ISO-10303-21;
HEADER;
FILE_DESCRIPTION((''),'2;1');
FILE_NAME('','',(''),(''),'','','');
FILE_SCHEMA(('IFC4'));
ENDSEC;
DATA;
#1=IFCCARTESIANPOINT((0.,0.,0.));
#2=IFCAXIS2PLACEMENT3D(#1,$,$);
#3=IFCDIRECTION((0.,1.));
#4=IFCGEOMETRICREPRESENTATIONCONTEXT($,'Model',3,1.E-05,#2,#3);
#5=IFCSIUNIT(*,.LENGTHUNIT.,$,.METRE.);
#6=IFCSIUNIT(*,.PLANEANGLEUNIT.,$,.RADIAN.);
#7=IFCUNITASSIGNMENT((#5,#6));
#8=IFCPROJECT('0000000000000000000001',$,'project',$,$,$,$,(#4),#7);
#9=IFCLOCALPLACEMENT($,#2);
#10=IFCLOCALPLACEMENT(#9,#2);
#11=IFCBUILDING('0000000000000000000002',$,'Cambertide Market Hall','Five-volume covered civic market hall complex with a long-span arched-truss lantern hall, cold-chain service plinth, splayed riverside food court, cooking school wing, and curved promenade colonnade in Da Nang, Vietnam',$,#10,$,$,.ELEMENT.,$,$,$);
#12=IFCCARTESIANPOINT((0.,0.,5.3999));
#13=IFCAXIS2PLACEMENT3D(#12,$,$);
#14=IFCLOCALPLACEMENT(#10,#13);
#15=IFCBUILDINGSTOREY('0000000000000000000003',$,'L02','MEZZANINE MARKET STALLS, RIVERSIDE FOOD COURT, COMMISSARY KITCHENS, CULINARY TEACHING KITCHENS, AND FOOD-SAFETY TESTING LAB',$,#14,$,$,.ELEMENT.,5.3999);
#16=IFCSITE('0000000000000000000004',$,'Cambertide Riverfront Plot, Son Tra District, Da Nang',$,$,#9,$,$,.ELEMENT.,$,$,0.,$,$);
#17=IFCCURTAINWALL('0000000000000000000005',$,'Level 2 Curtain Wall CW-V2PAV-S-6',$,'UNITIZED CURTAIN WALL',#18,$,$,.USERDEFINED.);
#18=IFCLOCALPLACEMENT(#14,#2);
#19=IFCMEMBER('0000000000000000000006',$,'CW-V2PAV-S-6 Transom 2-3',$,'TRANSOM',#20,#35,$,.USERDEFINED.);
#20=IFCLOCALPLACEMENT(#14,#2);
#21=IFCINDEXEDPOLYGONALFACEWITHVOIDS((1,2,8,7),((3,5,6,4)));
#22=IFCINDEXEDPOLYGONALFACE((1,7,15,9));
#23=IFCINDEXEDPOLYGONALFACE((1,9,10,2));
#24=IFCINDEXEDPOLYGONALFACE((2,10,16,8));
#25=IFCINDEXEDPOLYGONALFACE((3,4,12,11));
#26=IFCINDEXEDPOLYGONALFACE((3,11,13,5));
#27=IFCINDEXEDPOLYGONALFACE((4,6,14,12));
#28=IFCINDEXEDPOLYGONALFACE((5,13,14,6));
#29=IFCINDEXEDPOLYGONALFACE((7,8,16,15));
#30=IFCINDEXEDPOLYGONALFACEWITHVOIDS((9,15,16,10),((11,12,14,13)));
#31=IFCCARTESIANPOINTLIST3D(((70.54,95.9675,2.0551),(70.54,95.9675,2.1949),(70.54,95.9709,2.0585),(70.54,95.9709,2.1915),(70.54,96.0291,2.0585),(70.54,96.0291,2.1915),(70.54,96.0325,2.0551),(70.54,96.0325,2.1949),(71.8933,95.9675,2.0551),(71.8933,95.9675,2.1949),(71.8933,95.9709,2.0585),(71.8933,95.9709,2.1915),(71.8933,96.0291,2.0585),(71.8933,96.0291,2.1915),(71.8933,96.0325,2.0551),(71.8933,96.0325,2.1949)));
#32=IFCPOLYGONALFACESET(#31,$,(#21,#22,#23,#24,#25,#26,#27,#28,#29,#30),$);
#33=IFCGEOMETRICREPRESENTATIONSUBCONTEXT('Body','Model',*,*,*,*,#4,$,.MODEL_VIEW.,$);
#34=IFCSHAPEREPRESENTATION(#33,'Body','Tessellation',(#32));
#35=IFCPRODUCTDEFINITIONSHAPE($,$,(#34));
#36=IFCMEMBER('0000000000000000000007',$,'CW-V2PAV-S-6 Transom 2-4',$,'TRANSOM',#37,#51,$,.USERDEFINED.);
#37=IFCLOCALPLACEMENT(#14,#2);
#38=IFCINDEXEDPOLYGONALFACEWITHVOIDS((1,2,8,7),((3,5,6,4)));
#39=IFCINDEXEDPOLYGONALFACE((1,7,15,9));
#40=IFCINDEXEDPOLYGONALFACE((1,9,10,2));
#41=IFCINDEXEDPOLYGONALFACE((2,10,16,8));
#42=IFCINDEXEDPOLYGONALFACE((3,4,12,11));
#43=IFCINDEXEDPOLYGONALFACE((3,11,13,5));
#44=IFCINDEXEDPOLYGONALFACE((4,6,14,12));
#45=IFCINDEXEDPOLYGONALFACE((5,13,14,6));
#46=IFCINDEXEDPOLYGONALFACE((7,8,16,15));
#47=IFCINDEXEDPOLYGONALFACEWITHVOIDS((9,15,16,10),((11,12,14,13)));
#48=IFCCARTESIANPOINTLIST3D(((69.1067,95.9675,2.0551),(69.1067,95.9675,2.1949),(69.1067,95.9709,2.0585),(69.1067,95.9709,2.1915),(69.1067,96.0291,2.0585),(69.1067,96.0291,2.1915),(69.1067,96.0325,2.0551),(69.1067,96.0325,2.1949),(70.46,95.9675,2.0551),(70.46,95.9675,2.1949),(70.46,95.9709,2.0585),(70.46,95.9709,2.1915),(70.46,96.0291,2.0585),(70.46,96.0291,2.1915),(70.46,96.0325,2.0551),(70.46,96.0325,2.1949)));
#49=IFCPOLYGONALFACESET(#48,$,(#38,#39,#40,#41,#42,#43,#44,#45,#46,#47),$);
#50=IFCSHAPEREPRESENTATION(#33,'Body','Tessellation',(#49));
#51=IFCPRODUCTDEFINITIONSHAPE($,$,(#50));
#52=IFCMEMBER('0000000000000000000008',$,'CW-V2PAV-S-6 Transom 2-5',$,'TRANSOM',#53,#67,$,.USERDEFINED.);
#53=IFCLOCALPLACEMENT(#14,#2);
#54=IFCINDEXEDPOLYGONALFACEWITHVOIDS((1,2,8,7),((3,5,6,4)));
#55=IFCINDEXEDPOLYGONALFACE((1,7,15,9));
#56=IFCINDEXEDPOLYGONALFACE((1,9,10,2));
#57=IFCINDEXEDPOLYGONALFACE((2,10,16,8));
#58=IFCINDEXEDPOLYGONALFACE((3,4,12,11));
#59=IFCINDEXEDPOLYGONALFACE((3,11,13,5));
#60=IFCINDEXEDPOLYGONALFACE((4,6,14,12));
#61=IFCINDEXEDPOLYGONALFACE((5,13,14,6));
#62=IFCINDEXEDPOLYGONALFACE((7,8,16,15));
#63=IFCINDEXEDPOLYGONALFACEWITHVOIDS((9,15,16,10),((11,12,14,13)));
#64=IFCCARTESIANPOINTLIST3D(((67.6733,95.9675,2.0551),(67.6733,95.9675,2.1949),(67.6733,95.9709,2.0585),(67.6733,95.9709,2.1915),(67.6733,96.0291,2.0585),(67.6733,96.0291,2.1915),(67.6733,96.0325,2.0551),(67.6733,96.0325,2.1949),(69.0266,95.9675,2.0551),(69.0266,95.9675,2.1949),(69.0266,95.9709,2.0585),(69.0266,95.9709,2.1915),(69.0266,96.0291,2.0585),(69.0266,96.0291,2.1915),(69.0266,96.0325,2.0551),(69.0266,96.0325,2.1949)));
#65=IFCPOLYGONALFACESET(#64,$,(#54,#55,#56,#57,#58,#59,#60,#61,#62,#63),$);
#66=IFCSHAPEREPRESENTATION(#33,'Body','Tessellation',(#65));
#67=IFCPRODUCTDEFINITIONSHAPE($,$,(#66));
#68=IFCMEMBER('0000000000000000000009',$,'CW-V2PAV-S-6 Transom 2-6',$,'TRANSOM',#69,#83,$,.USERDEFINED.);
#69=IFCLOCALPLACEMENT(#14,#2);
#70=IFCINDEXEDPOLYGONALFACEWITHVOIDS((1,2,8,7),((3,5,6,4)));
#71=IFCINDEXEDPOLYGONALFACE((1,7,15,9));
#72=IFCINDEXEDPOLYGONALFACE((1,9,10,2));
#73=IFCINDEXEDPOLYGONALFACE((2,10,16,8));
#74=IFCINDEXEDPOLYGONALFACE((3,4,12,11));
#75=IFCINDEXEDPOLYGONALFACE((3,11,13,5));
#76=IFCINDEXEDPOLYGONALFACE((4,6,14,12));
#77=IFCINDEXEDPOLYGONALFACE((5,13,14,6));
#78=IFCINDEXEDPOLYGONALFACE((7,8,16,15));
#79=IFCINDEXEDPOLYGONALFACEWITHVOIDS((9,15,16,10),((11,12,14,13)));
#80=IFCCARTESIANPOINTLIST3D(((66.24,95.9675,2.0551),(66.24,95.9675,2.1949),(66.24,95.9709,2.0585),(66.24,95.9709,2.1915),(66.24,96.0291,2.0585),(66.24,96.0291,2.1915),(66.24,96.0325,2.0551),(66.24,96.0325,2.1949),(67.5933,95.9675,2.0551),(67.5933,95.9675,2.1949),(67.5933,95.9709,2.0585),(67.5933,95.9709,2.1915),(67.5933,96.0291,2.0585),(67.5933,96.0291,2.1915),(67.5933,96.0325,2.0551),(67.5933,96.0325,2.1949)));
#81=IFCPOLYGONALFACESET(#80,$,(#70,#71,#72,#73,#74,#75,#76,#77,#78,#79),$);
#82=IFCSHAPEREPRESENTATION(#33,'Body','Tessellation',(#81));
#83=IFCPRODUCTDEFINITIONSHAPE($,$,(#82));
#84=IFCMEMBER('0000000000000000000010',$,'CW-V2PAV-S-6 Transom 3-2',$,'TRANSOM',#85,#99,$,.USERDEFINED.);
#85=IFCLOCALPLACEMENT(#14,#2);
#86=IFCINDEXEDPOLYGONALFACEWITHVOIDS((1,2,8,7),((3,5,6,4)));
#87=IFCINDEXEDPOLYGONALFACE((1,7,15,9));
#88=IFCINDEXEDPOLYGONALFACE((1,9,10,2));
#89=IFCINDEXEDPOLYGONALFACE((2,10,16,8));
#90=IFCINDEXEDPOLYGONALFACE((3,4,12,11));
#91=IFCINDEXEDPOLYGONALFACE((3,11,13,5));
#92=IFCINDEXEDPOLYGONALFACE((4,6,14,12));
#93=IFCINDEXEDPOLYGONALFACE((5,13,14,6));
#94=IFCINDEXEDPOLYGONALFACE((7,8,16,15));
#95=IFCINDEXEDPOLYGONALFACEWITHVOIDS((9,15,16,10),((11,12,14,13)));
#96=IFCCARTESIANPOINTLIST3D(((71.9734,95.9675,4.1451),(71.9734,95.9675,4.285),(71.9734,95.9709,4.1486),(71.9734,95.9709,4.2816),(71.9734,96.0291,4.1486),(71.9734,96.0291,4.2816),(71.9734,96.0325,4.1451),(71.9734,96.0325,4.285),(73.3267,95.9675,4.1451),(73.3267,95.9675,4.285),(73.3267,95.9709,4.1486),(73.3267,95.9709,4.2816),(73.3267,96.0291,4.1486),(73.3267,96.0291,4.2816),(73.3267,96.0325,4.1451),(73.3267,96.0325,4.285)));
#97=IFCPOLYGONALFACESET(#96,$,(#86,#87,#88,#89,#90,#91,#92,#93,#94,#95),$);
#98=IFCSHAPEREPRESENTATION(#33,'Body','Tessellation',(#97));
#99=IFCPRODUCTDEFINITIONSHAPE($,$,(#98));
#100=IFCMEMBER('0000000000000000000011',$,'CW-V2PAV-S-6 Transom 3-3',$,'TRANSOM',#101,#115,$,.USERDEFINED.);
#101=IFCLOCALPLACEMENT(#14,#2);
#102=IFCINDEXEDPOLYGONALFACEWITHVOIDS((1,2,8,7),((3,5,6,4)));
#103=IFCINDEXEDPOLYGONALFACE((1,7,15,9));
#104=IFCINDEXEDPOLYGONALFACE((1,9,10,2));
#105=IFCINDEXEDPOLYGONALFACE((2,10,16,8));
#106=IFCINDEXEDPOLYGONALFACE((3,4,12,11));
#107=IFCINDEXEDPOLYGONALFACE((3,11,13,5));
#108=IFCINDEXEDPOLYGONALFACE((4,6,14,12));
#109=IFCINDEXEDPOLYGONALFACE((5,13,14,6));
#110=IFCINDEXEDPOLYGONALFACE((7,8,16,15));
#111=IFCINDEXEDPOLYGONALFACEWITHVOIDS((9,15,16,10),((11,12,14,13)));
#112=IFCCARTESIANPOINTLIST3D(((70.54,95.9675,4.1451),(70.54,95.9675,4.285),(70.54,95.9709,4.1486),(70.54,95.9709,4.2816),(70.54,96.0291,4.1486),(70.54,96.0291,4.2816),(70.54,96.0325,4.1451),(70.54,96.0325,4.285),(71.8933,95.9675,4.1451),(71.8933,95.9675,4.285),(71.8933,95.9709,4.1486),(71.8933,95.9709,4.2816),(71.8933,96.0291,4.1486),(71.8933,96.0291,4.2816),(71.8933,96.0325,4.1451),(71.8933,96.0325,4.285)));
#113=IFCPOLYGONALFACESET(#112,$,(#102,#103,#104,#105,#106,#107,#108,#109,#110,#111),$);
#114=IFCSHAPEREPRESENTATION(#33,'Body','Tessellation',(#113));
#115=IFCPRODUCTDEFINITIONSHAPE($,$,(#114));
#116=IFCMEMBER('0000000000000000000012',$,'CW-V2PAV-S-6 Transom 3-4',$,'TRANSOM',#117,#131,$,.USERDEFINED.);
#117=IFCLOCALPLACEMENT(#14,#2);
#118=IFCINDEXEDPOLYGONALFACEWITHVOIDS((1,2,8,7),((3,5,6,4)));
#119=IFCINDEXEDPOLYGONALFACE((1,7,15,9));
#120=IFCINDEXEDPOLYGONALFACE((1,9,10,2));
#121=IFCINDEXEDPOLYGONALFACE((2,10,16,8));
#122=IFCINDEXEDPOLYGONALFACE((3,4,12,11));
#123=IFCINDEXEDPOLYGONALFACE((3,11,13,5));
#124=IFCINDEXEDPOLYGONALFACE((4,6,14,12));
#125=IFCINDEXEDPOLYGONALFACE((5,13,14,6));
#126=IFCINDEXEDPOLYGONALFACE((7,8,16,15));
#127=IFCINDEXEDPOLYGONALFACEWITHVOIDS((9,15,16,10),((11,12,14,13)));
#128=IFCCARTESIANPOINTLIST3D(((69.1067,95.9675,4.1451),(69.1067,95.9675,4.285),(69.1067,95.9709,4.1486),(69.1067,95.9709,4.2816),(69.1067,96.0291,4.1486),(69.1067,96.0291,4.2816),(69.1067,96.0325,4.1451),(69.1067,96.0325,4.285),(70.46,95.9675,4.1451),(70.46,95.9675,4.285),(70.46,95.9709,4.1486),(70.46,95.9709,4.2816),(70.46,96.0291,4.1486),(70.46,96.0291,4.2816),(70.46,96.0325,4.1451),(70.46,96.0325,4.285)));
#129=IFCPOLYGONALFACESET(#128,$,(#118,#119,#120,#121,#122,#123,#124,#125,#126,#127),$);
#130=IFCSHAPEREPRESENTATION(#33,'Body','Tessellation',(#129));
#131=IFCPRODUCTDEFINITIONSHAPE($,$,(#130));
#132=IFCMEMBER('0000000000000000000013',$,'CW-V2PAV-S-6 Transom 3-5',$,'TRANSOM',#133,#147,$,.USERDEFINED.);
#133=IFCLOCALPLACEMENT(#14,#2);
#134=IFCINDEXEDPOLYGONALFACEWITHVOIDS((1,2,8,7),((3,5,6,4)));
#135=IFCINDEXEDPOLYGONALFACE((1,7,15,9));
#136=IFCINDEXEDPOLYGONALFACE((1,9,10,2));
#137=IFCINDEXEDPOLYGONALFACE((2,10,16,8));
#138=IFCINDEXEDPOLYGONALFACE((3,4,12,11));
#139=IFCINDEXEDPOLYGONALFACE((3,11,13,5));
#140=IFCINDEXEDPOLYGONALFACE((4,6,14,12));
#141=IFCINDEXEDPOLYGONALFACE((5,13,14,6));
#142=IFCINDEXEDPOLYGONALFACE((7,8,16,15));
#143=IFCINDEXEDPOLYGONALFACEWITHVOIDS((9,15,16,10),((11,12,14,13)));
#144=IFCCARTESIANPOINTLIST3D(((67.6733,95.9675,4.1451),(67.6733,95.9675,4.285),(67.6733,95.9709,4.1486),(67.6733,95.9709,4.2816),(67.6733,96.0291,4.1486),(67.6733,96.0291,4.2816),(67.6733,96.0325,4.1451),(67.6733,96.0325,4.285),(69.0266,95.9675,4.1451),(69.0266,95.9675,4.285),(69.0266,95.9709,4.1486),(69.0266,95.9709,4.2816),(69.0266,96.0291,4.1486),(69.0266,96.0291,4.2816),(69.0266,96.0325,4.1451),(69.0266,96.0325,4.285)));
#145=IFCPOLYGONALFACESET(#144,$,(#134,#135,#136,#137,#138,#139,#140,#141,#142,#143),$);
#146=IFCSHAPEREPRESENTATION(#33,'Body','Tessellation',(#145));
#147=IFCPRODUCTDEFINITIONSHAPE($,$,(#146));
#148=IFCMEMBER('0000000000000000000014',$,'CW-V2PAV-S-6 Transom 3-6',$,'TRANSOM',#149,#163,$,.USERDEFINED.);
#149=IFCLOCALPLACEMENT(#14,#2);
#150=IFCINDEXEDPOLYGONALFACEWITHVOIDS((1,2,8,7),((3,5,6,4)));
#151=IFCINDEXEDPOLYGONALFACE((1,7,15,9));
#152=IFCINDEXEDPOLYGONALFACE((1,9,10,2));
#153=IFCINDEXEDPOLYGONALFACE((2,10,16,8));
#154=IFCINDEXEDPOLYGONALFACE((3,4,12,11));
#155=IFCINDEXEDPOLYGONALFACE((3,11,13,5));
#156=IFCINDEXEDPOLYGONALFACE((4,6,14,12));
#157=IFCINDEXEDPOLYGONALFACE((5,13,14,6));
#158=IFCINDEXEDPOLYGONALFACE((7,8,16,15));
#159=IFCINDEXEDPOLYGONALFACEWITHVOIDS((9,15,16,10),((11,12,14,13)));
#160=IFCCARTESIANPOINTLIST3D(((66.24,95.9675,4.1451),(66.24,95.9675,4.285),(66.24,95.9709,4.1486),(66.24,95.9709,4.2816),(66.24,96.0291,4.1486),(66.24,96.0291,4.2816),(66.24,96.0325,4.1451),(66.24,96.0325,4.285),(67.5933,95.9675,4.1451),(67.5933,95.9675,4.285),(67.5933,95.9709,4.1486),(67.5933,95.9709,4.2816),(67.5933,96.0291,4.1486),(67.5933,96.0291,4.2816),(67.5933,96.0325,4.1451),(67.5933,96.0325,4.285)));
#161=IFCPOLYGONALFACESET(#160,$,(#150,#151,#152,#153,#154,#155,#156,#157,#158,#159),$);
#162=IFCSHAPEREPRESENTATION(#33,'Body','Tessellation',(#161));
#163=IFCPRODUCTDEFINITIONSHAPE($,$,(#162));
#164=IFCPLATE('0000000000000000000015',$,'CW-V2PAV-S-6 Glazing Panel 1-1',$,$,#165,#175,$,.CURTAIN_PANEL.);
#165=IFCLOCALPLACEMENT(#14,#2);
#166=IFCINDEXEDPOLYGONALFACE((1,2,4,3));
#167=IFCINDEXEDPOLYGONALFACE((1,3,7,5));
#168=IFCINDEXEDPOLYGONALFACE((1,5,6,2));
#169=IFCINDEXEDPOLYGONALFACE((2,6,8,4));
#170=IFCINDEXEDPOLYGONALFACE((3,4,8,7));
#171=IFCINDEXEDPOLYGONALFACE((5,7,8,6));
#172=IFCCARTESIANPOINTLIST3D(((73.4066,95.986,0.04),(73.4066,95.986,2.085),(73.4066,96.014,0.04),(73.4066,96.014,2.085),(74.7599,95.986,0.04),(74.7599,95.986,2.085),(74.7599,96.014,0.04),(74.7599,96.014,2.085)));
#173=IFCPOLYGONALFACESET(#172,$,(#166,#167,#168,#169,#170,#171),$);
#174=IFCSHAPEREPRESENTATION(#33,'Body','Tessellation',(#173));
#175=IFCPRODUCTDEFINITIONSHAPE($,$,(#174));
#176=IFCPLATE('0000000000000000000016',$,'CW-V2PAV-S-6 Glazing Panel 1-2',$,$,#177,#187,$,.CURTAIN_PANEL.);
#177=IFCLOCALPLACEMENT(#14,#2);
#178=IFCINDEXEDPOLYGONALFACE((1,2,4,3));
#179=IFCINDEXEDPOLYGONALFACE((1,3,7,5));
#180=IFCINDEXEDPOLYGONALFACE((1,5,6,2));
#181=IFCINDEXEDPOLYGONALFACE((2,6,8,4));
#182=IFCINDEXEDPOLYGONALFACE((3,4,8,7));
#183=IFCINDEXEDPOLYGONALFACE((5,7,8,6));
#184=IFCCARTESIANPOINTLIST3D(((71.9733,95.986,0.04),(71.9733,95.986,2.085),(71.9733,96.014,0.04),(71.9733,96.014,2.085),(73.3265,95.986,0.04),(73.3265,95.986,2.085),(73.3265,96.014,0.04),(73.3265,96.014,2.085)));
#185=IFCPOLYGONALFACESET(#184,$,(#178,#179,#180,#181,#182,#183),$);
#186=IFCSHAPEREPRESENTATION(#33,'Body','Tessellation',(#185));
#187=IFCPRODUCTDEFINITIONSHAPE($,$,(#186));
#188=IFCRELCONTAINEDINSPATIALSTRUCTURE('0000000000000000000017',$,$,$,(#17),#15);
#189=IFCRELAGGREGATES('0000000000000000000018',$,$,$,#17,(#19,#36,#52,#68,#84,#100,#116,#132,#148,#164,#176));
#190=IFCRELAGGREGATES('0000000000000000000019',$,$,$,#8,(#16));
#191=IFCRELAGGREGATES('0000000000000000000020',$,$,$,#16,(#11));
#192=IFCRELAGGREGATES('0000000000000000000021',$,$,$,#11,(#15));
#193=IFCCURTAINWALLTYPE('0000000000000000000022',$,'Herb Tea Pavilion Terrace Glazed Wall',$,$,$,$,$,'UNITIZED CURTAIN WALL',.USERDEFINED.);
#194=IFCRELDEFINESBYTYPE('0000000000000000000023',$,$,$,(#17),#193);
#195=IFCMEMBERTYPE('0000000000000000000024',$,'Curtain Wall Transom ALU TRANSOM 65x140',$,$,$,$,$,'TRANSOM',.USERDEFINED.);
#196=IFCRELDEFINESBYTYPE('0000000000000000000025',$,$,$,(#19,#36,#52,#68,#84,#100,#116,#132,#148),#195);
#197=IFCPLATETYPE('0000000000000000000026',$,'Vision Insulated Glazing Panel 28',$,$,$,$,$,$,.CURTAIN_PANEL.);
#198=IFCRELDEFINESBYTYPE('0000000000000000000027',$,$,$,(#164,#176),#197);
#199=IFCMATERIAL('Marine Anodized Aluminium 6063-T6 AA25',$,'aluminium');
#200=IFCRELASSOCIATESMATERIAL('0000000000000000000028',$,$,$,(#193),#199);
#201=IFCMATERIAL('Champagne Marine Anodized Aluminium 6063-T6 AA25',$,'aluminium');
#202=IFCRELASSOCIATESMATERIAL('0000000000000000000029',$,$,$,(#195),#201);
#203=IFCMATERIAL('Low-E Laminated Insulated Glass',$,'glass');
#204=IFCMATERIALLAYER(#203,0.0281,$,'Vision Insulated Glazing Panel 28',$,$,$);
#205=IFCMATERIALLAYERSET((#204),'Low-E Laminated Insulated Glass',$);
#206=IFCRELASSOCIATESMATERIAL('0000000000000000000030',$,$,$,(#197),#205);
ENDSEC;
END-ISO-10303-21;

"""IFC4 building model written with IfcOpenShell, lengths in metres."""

from ifc_helpers import new_model, si_unit, direction, frame, origin, origin_2d, place, context, subcontext, project, spatial, rectangle, hollow_rectangle, extrude, material, layer, layer_set, material_profile, profile_set, type_object, element, aggregate, save


model = new_model("IFC4")

# Units and contexts
model_context = context("Model", 3, precision=1e-05, world=origin(), true_north=direction((0.0, 1.0)))
body_context = subcontext(model_context, "Body", "Model", "MODEL_VIEW")
ifc_project = project(units=[si_unit("LENGTHUNIT", "METRE"), si_unit("PLANEANGLEUNIT", "RADIAN")], contexts=[model_context])

# Site, building, storey
site_placement = place(None, origin())
site = spatial("IfcSite", under=ifc_project, at=site_placement, Name="Cambertide Riverfront Plot, Son Tra District, Da Nang", CompositionType="ELEMENT", RefElevation=0.0)
building_placement = place(site_placement, origin())
building = spatial("IfcBuilding", under=site, at=building_placement, Name="Cambertide Market Hall", Description="Five-volume covered civic market hall complex with a long-span arched-truss lantern hall, cold-chain service plinth, splayed riverside food court, cooking school wing, and curved promenade colonnade in Da Nang, Vietnam", CompositionType="ELEMENT")
storey_placement = place(building_placement, frame((0.0, 0.0, 5.3999)))
storey = spatial("IfcBuildingStorey", under=building, at=storey_placement, Name="L02", Description="MEZZANINE MARKET STALLS, RIVERSIDE FOOD COURT, COMMISSARY KITCHENS, CULINARY TEACHING KITCHENS, AND FOOD-SAFETY TESTING LAB", CompositionType="ELEMENT", Elevation=5.3999)

# Curtain wall, members, plates
ifc_material_1 = material(Name="Marine Anodized Aluminium 6063-T6 AA25", Category="aluminium")
curtain_wall_type = type_object("IfcCurtainWallType", Name="Herb Tea Pavilion Terrace Glazed Wall", ElementType="UNITIZED CURTAIN WALL", PredefinedType="USERDEFINED", material=ifc_material_1)
curtain_wall_placement = place(storey_placement, origin())
curtain_wall = element("IfcCurtainWall", 1, at=curtain_wall_placement, inside=storey, type_object=curtain_wall_type, Name="Level 2 Curtain Wall CW-V2PAV-S-6", ObjectType="UNITIZED CURTAIN WALL", PredefinedType="USERDEFINED")
ifc_material_2 = material(Name="Champagne Marine Anodized Aluminium 6063-T6 AA25", Category="aluminium")
ifc_material_profile_1 = material_profile(ifc_material_2, hollow_rectangle(XDim=0.0649, YDim=0.1399, WallThickness=0.0034, at=origin_2d()), Name="ALU TRANSOM 65x140")
ifc_profile_set_1 = profile_set([ifc_material_profile_1], Name="Champagne Marine Anodized Aluminium 6063-T6 AA25")
member_type_1 = type_object("IfcMemberType", Name="Curtain Wall Transom ALU TRANSOM 65x140", ElementType="TRANSOM", PredefinedType="USERDEFINED", material=ifc_profile_set_1)
member_1_placement = place(storey_placement, frame((71.8933, 96.0, 2.125), z_axis=(-1.0, 0.0, 0.0), x_axis=(0.0, -1.0, 0.0)))
member_1 = element("IfcMember", 2, at=member_1_placement, type_object=member_type_1, Name="CW-V2PAV-S-6 Transom 2-3", ObjectType="TRANSOM", PredefinedType="USERDEFINED", context=body_context, shape_type="SweptSolid", body=[
    extrude(hollow_rectangle(XDim=0.0649, YDim=0.1399, WallThickness=0.0034, at=origin_2d()), origin(), (0.0, 0.0, 1.0), 1.3533),
])
member_2_placement = place(storey_placement, frame((70.46, 96.0, 2.125), z_axis=(-1.0, 0.0, 0.0), x_axis=(0.0, -1.0, 0.0)))
member_2 = element("IfcMember", 3, at=member_2_placement, type_object=member_type_1, Name="CW-V2PAV-S-6 Transom 2-4", ObjectType="TRANSOM", PredefinedType="USERDEFINED", context=body_context, shape_type="SweptSolid", body=[
    extrude(hollow_rectangle(XDim=0.0649, YDim=0.1399, WallThickness=0.0034, at=origin_2d()), origin(), (0.0, 0.0, 1.0), 1.3533),
])
member_3_placement = place(storey_placement, frame((69.0266, 96.0, 2.125), z_axis=(-1.0, 0.0, 0.0), x_axis=(0.0, -1.0, 0.0)))
member_3 = element("IfcMember", 4, at=member_3_placement, type_object=member_type_1, Name="CW-V2PAV-S-6 Transom 2-5", ObjectType="TRANSOM", PredefinedType="USERDEFINED", context=body_context, shape_type="SweptSolid", body=[
    extrude(hollow_rectangle(XDim=0.0649, YDim=0.1399, WallThickness=0.0034, at=origin_2d()), origin(), (0.0, 0.0, 1.0), 1.3533),
])
member_4_placement = place(storey_placement, frame((67.5933, 96.0, 2.125), z_axis=(-1.0, 0.0, 0.0), x_axis=(0.0, -1.0, 0.0)))
member_4 = element("IfcMember", 5, at=member_4_placement, type_object=member_type_1, Name="CW-V2PAV-S-6 Transom 2-6", ObjectType="TRANSOM", PredefinedType="USERDEFINED", context=body_context, shape_type="SweptSolid", body=[
    extrude(hollow_rectangle(XDim=0.0649, YDim=0.1399, WallThickness=0.0034, at=origin_2d()), origin(), (0.0, 0.0, 1.0), 1.3533),
])
member_5_placement = place(storey_placement, frame((73.3267, 96.0, 4.2151), z_axis=(-1.0, 0.0, 0.0), x_axis=(0.0, -1.0, 0.0)))
member_5 = element("IfcMember", 6, at=member_5_placement, type_object=member_type_1, Name="CW-V2PAV-S-6 Transom 3-2", ObjectType="TRANSOM", PredefinedType="USERDEFINED", context=body_context, shape_type="SweptSolid", body=[
    extrude(hollow_rectangle(XDim=0.0649, YDim=0.1399, WallThickness=0.0034, at=origin_2d()), origin(), (0.0, 0.0, 1.0), 1.3533),
])
member_6_placement = place(storey_placement, frame((71.8933, 96.0, 4.2151), z_axis=(-1.0, 0.0, 0.0), x_axis=(0.0, -1.0, 0.0)))
member_6 = element("IfcMember", 7, at=member_6_placement, type_object=member_type_1, Name="CW-V2PAV-S-6 Transom 3-3", ObjectType="TRANSOM", PredefinedType="USERDEFINED", context=body_context, shape_type="SweptSolid", body=[
    extrude(hollow_rectangle(XDim=0.0649, YDim=0.1399, WallThickness=0.0034, at=origin_2d()), origin(), (0.0, 0.0, 1.0), 1.3533),
])
member_7_placement = place(storey_placement, frame((70.46, 96.0, 4.2151), z_axis=(-1.0, 0.0, 0.0), x_axis=(0.0, -1.0, 0.0)))
member_7 = element("IfcMember", 8, at=member_7_placement, type_object=member_type_1, Name="CW-V2PAV-S-6 Transom 3-4", ObjectType="TRANSOM", PredefinedType="USERDEFINED", context=body_context, shape_type="SweptSolid", body=[
    extrude(hollow_rectangle(XDim=0.0649, YDim=0.1399, WallThickness=0.0034, at=origin_2d()), origin(), (0.0, 0.0, 1.0), 1.3533),
])
member_8_placement = place(storey_placement, frame((69.0266, 96.0, 4.2151), z_axis=(-1.0, 0.0, 0.0), x_axis=(0.0, -1.0, 0.0)))
member_8 = element("IfcMember", 9, at=member_8_placement, type_object=member_type_1, Name="CW-V2PAV-S-6 Transom 3-5", ObjectType="TRANSOM", PredefinedType="USERDEFINED", context=body_context, shape_type="SweptSolid", body=[
    extrude(hollow_rectangle(XDim=0.0649, YDim=0.1399, WallThickness=0.0034, at=origin_2d()), origin(), (0.0, 0.0, 1.0), 1.3533),
])
member_9_placement = place(storey_placement, frame((67.5933, 96.0, 4.2151), z_axis=(-1.0, 0.0, 0.0), x_axis=(0.0, -1.0, 0.0)))
member_9 = element("IfcMember", 10, at=member_9_placement, type_object=member_type_1, Name="CW-V2PAV-S-6 Transom 3-6", ObjectType="TRANSOM", PredefinedType="USERDEFINED", context=body_context, shape_type="SweptSolid", body=[
    extrude(hollow_rectangle(XDim=0.0649, YDim=0.1399, WallThickness=0.0034, at=origin_2d()), origin(), (0.0, 0.0, 1.0), 1.3533),
])
ifc_material_3 = material(Name="Low-E Laminated Insulated Glass", Category="glass")
ifc_layer = layer(ifc_material_3, 0.0281, Name="Vision Insulated Glazing Panel 28")
ifc_layer_set = layer_set([ifc_layer], Name="Low-E Laminated Insulated Glass")
plate_type = type_object("IfcPlateType", Name="Vision Insulated Glazing Panel 28", PredefinedType="CURTAIN_PANEL", material=ifc_layer_set)
plate_1_placement = place(storey_placement, frame((74.0833, 96.0, 0.04), z_axis=(0.0, 0.0, 1.0), x_axis=(-1.0, 0.0, 0.0)))
plate_1 = element("IfcPlate", 11, at=plate_1_placement, type_object=plate_type, Name="CW-V2PAV-S-6 Glazing Panel 1-1", PredefinedType="CURTAIN_PANEL", context=body_context, shape_type="SweptSolid", body=[
    extrude(rectangle(XDim=1.3533, YDim=0.0281, at=origin_2d()), origin(), (0.0, 0.0, 1.0), 2.0449),
])
plate_2_placement = place(storey_placement, frame((72.6499, 96.0, 0.04), z_axis=(0.0, 0.0, 1.0), x_axis=(-1.0, 0.0, 0.0)))
plate_2 = element("IfcPlate", 12, at=plate_2_placement, type_object=plate_type, Name="CW-V2PAV-S-6 Glazing Panel 1-2", PredefinedType="CURTAIN_PANEL", context=body_context, shape_type="SweptSolid", body=[
    extrude(rectangle(XDim=1.3533, YDim=0.0281, at=origin_2d()), origin(), (0.0, 0.0, 1.0), 2.0449),
])
aggregate(curtain_wall, [member_1, member_2, member_3, member_4, member_5, member_6, member_7, member_8, member_9, plate_1, plate_2])

save(model, "model.ifc")
